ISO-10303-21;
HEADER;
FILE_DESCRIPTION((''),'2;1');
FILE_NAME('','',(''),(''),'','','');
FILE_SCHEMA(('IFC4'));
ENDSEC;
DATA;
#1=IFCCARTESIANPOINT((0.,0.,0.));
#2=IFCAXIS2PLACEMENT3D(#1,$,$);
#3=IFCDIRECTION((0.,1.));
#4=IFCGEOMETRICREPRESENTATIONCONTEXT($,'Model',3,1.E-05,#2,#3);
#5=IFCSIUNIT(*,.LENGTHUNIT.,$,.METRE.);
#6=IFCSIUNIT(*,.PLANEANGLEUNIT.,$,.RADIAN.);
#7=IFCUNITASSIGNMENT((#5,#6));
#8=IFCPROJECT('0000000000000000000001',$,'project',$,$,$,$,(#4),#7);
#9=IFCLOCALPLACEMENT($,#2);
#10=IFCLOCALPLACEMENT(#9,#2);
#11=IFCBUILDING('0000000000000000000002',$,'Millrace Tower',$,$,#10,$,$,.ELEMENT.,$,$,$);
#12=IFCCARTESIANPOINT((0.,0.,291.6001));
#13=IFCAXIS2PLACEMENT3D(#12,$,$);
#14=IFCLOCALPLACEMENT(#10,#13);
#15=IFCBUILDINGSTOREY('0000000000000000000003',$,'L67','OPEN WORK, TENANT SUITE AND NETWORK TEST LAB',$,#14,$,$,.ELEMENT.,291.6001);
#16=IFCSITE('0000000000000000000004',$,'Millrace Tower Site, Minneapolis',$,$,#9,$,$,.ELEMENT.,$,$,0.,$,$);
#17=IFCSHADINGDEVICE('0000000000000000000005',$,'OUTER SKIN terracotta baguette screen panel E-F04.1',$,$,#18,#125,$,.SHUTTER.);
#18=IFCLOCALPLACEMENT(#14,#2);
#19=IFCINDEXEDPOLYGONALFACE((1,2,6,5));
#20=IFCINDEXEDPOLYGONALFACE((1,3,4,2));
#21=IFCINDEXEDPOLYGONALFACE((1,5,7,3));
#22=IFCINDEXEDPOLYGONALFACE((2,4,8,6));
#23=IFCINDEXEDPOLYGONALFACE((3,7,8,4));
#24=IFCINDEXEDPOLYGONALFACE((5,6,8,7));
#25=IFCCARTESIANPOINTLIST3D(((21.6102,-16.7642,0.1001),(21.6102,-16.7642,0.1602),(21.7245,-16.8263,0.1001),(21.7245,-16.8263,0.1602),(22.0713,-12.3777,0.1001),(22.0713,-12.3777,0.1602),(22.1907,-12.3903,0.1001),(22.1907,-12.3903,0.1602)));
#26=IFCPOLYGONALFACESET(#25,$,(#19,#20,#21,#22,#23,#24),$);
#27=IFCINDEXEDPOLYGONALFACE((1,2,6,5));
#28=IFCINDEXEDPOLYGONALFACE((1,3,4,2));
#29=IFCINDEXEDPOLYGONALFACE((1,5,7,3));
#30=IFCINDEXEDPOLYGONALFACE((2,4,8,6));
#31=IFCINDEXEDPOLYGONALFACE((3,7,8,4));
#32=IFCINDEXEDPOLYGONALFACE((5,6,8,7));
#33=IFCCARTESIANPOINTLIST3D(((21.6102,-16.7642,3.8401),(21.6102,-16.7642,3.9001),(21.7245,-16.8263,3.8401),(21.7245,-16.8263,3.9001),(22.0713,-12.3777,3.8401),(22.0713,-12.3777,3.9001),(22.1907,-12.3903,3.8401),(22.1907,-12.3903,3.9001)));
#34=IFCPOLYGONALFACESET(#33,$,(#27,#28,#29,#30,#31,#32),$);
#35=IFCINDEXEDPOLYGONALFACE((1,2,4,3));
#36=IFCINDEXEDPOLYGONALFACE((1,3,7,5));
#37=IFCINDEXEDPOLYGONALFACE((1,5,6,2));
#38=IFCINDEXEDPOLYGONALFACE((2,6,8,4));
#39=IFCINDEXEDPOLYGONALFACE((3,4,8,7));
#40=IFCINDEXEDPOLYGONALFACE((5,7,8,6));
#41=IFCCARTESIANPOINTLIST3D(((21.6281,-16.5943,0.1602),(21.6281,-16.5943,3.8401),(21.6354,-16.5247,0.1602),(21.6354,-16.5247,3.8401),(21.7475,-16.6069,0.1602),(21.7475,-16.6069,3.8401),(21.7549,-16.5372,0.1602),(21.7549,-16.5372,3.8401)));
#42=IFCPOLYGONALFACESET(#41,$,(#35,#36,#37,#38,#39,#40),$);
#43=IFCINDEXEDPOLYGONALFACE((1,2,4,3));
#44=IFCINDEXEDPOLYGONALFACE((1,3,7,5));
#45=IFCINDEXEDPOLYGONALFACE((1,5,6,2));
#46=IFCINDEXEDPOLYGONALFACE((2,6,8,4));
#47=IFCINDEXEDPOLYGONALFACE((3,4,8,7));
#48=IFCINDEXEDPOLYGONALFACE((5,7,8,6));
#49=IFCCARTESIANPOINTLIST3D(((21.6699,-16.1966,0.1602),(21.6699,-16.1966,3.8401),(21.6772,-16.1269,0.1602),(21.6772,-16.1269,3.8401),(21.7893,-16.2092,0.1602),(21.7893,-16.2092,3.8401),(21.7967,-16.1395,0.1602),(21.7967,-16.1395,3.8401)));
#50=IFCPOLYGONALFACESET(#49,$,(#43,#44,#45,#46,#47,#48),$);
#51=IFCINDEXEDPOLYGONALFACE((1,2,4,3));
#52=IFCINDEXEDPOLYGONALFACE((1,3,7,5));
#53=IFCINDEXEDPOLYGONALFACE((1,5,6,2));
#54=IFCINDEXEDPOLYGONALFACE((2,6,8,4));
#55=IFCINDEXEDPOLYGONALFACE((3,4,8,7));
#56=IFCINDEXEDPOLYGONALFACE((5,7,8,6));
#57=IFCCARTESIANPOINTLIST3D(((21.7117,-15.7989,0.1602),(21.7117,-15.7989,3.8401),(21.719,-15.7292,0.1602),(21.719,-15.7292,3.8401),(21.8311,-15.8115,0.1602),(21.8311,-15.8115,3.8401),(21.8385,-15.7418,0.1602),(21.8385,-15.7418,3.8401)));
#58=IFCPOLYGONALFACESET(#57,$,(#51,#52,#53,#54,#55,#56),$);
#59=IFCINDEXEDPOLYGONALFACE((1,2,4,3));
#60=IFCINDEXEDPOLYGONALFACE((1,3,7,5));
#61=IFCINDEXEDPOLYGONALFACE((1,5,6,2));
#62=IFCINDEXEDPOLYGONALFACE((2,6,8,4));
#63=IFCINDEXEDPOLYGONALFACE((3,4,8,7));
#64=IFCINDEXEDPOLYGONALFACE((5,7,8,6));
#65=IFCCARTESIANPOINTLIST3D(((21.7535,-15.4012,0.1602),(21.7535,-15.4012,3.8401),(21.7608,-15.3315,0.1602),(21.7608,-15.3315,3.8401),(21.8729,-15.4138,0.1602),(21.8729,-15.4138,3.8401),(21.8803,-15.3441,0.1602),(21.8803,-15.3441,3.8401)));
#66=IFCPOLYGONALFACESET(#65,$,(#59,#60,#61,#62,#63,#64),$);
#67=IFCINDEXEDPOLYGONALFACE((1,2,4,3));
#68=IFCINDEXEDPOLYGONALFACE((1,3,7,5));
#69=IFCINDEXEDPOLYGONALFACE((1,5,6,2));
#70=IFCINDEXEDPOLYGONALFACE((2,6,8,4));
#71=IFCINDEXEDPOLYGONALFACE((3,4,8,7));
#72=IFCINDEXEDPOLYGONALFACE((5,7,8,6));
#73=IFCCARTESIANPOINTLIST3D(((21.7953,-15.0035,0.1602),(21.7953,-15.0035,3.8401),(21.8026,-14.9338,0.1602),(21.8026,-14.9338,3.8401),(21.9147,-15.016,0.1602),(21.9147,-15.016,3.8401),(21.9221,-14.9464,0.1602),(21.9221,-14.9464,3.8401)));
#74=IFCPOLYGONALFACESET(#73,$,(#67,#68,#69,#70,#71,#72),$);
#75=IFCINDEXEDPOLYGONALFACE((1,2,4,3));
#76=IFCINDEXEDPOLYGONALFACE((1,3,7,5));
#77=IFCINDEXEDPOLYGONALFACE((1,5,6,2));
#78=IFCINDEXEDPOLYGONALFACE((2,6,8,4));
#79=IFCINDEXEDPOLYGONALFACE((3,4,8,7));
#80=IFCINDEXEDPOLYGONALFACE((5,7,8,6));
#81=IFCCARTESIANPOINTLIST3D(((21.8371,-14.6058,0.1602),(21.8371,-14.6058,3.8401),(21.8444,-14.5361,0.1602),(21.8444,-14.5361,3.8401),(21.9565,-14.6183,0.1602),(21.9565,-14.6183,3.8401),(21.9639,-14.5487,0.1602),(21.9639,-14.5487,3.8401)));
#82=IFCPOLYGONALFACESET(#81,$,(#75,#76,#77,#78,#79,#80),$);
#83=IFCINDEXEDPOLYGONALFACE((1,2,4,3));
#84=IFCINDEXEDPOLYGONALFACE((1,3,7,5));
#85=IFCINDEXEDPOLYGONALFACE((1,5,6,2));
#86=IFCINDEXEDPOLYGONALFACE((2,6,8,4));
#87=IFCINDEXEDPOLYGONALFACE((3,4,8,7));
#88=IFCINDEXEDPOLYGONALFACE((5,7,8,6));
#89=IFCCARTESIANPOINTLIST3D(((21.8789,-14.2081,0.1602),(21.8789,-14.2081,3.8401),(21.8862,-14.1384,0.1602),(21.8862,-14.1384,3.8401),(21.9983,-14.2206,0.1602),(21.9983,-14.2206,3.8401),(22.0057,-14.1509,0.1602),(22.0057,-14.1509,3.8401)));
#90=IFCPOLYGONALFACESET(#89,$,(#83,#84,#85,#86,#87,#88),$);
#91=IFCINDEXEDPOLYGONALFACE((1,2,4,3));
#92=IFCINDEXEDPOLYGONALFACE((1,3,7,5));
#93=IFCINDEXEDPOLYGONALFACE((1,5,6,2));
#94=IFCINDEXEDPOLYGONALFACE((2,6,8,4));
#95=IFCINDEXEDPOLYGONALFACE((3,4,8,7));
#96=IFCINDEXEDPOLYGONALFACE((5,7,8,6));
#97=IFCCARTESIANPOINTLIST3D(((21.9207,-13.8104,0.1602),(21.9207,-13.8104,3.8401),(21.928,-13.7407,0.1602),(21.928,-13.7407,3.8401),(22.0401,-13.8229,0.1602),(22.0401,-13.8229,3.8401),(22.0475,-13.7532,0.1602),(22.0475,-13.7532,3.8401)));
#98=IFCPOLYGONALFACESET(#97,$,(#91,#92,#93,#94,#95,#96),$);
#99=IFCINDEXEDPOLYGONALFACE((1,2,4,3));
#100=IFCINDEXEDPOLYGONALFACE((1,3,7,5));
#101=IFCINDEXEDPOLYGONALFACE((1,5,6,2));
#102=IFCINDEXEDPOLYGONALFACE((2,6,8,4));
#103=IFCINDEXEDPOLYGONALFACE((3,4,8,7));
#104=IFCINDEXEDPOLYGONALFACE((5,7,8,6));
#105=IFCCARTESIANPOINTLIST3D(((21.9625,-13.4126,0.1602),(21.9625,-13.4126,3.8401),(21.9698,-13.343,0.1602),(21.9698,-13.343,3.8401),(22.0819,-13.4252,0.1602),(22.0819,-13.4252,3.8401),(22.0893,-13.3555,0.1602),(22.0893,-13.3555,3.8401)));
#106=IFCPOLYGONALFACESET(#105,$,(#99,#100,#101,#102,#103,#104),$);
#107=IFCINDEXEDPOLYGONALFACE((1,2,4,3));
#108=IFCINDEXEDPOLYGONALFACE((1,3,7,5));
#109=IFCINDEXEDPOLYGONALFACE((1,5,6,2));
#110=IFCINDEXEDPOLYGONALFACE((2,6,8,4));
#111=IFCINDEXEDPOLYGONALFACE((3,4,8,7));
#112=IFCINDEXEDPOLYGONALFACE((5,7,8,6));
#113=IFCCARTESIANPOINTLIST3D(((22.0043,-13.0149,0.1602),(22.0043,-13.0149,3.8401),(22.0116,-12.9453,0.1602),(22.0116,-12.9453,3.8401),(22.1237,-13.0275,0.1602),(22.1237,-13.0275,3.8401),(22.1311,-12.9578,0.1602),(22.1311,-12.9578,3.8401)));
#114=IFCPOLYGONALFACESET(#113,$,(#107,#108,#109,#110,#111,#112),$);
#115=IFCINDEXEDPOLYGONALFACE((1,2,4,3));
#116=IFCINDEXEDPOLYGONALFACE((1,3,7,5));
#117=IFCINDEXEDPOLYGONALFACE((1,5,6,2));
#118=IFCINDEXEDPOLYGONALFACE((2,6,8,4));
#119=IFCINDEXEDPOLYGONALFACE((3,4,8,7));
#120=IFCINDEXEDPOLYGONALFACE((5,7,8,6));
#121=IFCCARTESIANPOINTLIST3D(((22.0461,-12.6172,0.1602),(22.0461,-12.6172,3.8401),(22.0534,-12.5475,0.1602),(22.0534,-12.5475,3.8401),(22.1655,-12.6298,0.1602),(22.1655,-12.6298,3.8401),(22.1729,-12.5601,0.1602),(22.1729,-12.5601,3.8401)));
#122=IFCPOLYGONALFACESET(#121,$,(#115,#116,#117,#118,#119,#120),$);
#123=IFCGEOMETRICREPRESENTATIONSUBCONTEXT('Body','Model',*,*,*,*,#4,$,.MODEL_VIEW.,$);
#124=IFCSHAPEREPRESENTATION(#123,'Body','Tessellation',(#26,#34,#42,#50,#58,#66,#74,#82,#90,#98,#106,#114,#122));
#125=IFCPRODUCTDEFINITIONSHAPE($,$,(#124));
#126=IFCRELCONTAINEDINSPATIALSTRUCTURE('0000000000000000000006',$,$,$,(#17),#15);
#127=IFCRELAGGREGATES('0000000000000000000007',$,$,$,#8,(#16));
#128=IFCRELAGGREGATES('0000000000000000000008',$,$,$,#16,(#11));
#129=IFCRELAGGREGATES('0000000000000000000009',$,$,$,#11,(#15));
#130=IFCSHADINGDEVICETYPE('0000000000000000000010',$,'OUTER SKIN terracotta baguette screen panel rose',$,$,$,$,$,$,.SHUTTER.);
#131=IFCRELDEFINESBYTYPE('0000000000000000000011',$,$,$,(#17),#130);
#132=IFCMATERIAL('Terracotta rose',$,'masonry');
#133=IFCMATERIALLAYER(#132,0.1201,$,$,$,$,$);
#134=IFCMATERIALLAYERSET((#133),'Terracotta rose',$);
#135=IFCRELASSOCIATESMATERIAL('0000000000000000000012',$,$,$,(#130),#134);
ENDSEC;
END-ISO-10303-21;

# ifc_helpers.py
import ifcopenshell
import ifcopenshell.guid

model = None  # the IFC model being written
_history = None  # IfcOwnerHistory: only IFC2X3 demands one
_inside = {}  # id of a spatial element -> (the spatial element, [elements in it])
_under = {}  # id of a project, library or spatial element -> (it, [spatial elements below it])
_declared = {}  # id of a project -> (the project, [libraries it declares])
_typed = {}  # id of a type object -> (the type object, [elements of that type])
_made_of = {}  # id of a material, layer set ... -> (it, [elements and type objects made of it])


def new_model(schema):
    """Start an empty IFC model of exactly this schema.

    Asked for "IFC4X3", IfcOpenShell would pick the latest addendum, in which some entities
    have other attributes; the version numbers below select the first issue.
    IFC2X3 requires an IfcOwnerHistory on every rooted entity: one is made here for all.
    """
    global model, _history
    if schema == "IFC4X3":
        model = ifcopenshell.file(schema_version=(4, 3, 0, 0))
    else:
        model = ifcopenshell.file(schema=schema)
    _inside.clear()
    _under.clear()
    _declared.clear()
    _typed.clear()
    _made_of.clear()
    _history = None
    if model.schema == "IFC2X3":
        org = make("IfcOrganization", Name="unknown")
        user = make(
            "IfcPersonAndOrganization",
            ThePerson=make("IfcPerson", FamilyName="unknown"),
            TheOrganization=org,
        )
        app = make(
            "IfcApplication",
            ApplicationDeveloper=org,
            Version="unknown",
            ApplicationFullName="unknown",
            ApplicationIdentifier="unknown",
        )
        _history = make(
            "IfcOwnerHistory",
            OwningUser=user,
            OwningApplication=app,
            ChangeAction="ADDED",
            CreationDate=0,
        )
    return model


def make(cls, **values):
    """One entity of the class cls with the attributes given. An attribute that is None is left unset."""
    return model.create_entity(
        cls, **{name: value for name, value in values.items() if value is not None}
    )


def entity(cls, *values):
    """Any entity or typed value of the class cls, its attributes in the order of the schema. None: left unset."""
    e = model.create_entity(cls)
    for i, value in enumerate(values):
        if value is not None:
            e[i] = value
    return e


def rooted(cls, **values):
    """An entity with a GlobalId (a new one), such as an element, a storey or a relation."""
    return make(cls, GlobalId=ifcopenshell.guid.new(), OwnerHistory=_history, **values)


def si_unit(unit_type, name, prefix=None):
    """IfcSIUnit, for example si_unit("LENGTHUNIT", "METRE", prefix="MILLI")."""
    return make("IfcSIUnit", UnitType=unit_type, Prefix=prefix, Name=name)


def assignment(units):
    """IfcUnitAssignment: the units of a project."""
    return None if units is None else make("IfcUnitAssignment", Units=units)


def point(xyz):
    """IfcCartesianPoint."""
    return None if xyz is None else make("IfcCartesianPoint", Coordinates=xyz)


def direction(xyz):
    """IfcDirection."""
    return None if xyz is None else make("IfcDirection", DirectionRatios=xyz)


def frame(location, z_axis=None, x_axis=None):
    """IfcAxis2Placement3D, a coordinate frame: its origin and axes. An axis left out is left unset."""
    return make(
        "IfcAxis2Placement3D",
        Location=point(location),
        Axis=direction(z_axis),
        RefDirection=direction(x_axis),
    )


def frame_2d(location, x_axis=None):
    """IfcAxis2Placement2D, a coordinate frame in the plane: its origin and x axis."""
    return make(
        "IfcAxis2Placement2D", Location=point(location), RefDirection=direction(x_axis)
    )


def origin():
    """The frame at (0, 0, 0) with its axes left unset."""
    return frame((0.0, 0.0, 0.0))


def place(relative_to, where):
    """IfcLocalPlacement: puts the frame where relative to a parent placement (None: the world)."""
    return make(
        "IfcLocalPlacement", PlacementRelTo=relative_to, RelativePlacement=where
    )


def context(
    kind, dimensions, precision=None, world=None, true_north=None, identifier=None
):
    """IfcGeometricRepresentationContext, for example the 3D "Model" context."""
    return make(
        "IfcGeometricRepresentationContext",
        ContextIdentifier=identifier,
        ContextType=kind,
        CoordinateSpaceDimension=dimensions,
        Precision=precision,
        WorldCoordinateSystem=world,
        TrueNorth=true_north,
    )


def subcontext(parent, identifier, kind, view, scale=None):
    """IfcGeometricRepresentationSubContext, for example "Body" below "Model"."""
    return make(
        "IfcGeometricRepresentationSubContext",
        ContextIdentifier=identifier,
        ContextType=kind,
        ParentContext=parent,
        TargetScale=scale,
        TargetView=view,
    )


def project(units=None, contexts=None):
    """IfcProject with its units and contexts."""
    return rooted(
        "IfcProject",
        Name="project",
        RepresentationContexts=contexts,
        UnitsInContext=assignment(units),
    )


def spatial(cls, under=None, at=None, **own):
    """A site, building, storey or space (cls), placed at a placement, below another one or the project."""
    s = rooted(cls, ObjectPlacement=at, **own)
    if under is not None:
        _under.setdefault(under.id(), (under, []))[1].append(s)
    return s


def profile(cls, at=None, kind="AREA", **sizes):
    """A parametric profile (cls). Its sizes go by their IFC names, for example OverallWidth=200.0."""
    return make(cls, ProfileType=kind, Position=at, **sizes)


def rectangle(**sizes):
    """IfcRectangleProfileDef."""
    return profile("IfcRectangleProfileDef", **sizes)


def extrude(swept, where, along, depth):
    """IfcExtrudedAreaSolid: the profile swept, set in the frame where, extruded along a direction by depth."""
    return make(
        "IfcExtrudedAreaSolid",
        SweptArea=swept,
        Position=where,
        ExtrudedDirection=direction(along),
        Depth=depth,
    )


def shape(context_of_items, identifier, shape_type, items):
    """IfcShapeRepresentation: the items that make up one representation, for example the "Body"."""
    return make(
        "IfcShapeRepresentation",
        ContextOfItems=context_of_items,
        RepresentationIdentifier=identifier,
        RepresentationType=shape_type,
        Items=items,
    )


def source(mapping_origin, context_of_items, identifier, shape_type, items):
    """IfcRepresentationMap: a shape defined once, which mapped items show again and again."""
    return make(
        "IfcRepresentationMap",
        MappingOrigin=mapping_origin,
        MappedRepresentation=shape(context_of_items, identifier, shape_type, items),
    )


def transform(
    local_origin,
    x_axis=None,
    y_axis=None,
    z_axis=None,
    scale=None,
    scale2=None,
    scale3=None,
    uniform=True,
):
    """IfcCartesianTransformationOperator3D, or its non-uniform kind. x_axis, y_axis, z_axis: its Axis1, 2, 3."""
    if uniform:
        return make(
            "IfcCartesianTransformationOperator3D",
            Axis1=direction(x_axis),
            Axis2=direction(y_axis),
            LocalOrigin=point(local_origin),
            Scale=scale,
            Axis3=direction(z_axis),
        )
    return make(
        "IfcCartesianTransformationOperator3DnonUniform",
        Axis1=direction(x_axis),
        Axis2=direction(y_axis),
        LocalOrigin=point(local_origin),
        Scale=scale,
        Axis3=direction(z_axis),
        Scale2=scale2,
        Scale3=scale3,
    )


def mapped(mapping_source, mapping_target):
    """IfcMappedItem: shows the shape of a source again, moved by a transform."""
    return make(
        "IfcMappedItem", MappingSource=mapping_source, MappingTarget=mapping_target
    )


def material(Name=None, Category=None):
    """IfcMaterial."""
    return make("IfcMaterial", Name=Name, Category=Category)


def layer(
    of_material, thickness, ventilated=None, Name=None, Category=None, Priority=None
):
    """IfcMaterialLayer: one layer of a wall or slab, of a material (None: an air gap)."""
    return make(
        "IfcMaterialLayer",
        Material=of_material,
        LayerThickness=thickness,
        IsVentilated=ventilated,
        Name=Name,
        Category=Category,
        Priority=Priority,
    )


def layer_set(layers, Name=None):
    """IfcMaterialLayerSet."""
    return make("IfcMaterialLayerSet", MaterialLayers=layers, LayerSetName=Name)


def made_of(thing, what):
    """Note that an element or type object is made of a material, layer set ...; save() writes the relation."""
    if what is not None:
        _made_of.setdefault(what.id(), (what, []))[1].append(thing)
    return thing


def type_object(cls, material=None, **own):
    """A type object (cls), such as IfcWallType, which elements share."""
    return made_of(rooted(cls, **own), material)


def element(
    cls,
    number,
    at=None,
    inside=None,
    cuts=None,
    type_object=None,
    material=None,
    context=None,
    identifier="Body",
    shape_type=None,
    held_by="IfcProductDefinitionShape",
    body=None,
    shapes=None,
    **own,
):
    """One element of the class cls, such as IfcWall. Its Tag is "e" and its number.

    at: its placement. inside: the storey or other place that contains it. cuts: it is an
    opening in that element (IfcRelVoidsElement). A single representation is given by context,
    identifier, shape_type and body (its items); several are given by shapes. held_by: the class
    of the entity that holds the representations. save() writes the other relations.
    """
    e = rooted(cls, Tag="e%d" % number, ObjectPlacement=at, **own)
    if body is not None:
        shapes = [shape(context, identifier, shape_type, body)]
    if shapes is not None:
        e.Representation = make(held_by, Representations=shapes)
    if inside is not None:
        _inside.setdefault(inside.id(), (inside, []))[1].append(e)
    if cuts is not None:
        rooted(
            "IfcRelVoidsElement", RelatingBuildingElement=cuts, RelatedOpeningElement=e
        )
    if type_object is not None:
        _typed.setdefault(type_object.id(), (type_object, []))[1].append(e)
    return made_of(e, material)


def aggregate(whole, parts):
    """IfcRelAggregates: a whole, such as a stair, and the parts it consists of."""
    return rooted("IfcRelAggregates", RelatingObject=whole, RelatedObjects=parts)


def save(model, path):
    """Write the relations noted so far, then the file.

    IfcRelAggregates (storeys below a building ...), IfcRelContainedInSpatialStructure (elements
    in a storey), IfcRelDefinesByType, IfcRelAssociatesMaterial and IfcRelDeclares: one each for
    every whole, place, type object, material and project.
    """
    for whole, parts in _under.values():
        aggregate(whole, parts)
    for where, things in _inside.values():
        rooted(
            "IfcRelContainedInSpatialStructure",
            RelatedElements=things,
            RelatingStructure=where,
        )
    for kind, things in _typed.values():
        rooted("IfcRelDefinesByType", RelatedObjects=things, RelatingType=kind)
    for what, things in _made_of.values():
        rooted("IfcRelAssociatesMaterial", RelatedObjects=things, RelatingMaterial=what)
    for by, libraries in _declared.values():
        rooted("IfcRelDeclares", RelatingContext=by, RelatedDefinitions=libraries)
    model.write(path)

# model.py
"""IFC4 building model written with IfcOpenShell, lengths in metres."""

from ifc_helpers import new_model, entity, si_unit, direction, frame, frame_2d, origin, place, context, subcontext, project, spatial, rectangle, extrude, source, transform, mapped, material, layer, layer_set, type_object, element, save


model = new_model("IFC4")

# Units and contexts
model_context = context("Model", 3, precision=1e-05, world=origin(), true_north=direction((0.0, 1.0)))
body_context = subcontext(model_context, "Body", "Model", "MODEL_VIEW")
ifc_project = project(units=[si_unit("LENGTHUNIT", "METRE"), si_unit("PLANEANGLEUNIT", "RADIAN")], contexts=[model_context])

# Site, building, storey
site_placement = place(None, origin())
site = spatial("IfcSite", under=ifc_project, at=site_placement, Name="Millrace Tower Site, Minneapolis", CompositionType="ELEMENT", RefElevation=0.0)
building_placement = place(site_placement, origin())
building = spatial("IfcBuilding", under=site, at=building_placement, Name="Millrace Tower", CompositionType="ELEMENT")
storey_placement = place(building_placement, frame((0.0, 0.0, 291.6001)))
storey = spatial("IfcBuildingStorey", under=building, at=storey_placement, Name="L67", Description="OPEN WORK, TENANT SUITE AND NETWORK TEST LAB", CompositionType="ELEMENT", Elevation=291.6001)

# Shading device
ifc_material_1 = material(Name="Terracotta rose", Category="masonry")
ifc_layer_1 = layer(ifc_material_1, 0.1201)
ifc_layer_set_1 = layer_set([ifc_layer_1], Name="Terracotta rose")
shading_device_type = type_object("IfcShadingDeviceType", Name="OUTER SKIN terracotta baguette screen panel rose", PredefinedType="SHUTTER", material=ifc_layer_set_1)
cartesian_point_1 = entity("IfcCartesianPoint", [-2.1929, 0.0601])
shared_polyline_1 = entity("IfcPolyline", [cartesian_point_1, entity("IfcCartesianPoint", [2.2178, 0.0601]), entity("IfcCartesianPoint", [2.2178, -0.0601]), entity("IfcCartesianPoint", [-2.2427, -0.0601]), cartesian_point_1])
shared_shape_1 = source(origin(), body_context, "Body", "SweptSolid", [
    entity("IfcExtrudedAreaSolid", entity("IfcArbitraryClosedProfileDef", "AREA", None, shared_polyline_1), entity("IfcAxis2Placement3D", entity("IfcCartesianPoint", [0.0, 0.0, 0.0])), entity("IfcDirection", [0.0, 0.0, 1.0]), 0.0601),
    entity("IfcExtrudedAreaSolid", entity("IfcArbitraryClosedProfileDef", "AREA", None, shared_polyline_1), entity("IfcAxis2Placement3D", entity("IfcCartesianPoint", [0.0, 0.0, 3.74])), entity("IfcDirection", [0.0, 0.0, 1.0]), 0.0601),
    extrude(rectangle(XDim=0.0701, YDim=0.1201, at=frame_2d((-1.9871, 0.0))), frame((0.0, 0.0, 0.0601)), (0.0, 0.0, 1.0), 3.6799),
    extrude(rectangle(XDim=0.0701, YDim=0.1201, at=frame_2d((-1.5872, 0.0))), frame((0.0, 0.0, 0.0601)), (0.0, 0.0, 1.0), 3.6799),
    extrude(rectangle(XDim=0.0701, YDim=0.1201, at=frame_2d((-1.1873, 0.0))), frame((0.0, 0.0, 0.0601)), (0.0, 0.0, 1.0), 3.6799),
    extrude(rectangle(XDim=0.0701, YDim=0.1201, at=frame_2d((-0.7874, 0.0))), frame((0.0, 0.0, 0.0601)), (0.0, 0.0, 1.0), 3.6799),
    extrude(rectangle(XDim=0.0701, YDim=0.1201, at=frame_2d((-0.3875, 0.0))), frame((0.0, 0.0, 0.0601)), (0.0, 0.0, 1.0), 3.6799),
    extrude(rectangle(XDim=0.0701, YDim=0.1201, at=frame_2d((0.0125, 0.0))), frame((0.0, 0.0, 0.0601)), (0.0, 0.0, 1.0), 3.6799),
    extrude(rectangle(XDim=0.0701, YDim=0.1201, at=frame_2d((0.4124, 0.0))), frame((0.0, 0.0, 0.0601)), (0.0, 0.0, 1.0), 3.6799),
    extrude(rectangle(XDim=0.0701, YDim=0.1201, at=frame_2d((0.8123, 0.0))), frame((0.0, 0.0, 0.0601)), (0.0, 0.0, 1.0), 3.6799),
    extrude(rectangle(XDim=0.0701, YDim=0.1201, at=frame_2d((1.2122, 0.0))), frame((0.0, 0.0, 0.0601)), (0.0, 0.0, 1.0), 3.6799),
    extrude(rectangle(XDim=0.0701, YDim=0.1201, at=frame_2d((1.6121, 0.0))), frame((0.0, 0.0, 0.0601)), (0.0, 0.0, 1.0), 3.6799),
    extrude(rectangle(XDim=0.0701, YDim=0.1201, at=frame_2d((2.012, 0.0))), frame((0.0, 0.0, 0.0601)), (0.0, 0.0, 1.0), 3.6799),
])
shading_device_1_placement = place(storey_placement, frame((21.8992, -14.5896, 0.1001), z_axis=(0.0, 0.0, 1.0), x_axis=(0.104528, 0.994522, 0.0)))
element("IfcShadingDevice", 1, at=shading_device_1_placement, inside=storey, type_object=shading_device_type, Name="OUTER SKIN terracotta baguette screen panel E-F04.1", PredefinedType="SHUTTER", context=body_context, shape_type="MappedRepresentation", body=[
    mapped(shared_shape_1, transform((0.0, 0.0, 0.0), scale=1.0)),
])

save(model, "model.ifc")
